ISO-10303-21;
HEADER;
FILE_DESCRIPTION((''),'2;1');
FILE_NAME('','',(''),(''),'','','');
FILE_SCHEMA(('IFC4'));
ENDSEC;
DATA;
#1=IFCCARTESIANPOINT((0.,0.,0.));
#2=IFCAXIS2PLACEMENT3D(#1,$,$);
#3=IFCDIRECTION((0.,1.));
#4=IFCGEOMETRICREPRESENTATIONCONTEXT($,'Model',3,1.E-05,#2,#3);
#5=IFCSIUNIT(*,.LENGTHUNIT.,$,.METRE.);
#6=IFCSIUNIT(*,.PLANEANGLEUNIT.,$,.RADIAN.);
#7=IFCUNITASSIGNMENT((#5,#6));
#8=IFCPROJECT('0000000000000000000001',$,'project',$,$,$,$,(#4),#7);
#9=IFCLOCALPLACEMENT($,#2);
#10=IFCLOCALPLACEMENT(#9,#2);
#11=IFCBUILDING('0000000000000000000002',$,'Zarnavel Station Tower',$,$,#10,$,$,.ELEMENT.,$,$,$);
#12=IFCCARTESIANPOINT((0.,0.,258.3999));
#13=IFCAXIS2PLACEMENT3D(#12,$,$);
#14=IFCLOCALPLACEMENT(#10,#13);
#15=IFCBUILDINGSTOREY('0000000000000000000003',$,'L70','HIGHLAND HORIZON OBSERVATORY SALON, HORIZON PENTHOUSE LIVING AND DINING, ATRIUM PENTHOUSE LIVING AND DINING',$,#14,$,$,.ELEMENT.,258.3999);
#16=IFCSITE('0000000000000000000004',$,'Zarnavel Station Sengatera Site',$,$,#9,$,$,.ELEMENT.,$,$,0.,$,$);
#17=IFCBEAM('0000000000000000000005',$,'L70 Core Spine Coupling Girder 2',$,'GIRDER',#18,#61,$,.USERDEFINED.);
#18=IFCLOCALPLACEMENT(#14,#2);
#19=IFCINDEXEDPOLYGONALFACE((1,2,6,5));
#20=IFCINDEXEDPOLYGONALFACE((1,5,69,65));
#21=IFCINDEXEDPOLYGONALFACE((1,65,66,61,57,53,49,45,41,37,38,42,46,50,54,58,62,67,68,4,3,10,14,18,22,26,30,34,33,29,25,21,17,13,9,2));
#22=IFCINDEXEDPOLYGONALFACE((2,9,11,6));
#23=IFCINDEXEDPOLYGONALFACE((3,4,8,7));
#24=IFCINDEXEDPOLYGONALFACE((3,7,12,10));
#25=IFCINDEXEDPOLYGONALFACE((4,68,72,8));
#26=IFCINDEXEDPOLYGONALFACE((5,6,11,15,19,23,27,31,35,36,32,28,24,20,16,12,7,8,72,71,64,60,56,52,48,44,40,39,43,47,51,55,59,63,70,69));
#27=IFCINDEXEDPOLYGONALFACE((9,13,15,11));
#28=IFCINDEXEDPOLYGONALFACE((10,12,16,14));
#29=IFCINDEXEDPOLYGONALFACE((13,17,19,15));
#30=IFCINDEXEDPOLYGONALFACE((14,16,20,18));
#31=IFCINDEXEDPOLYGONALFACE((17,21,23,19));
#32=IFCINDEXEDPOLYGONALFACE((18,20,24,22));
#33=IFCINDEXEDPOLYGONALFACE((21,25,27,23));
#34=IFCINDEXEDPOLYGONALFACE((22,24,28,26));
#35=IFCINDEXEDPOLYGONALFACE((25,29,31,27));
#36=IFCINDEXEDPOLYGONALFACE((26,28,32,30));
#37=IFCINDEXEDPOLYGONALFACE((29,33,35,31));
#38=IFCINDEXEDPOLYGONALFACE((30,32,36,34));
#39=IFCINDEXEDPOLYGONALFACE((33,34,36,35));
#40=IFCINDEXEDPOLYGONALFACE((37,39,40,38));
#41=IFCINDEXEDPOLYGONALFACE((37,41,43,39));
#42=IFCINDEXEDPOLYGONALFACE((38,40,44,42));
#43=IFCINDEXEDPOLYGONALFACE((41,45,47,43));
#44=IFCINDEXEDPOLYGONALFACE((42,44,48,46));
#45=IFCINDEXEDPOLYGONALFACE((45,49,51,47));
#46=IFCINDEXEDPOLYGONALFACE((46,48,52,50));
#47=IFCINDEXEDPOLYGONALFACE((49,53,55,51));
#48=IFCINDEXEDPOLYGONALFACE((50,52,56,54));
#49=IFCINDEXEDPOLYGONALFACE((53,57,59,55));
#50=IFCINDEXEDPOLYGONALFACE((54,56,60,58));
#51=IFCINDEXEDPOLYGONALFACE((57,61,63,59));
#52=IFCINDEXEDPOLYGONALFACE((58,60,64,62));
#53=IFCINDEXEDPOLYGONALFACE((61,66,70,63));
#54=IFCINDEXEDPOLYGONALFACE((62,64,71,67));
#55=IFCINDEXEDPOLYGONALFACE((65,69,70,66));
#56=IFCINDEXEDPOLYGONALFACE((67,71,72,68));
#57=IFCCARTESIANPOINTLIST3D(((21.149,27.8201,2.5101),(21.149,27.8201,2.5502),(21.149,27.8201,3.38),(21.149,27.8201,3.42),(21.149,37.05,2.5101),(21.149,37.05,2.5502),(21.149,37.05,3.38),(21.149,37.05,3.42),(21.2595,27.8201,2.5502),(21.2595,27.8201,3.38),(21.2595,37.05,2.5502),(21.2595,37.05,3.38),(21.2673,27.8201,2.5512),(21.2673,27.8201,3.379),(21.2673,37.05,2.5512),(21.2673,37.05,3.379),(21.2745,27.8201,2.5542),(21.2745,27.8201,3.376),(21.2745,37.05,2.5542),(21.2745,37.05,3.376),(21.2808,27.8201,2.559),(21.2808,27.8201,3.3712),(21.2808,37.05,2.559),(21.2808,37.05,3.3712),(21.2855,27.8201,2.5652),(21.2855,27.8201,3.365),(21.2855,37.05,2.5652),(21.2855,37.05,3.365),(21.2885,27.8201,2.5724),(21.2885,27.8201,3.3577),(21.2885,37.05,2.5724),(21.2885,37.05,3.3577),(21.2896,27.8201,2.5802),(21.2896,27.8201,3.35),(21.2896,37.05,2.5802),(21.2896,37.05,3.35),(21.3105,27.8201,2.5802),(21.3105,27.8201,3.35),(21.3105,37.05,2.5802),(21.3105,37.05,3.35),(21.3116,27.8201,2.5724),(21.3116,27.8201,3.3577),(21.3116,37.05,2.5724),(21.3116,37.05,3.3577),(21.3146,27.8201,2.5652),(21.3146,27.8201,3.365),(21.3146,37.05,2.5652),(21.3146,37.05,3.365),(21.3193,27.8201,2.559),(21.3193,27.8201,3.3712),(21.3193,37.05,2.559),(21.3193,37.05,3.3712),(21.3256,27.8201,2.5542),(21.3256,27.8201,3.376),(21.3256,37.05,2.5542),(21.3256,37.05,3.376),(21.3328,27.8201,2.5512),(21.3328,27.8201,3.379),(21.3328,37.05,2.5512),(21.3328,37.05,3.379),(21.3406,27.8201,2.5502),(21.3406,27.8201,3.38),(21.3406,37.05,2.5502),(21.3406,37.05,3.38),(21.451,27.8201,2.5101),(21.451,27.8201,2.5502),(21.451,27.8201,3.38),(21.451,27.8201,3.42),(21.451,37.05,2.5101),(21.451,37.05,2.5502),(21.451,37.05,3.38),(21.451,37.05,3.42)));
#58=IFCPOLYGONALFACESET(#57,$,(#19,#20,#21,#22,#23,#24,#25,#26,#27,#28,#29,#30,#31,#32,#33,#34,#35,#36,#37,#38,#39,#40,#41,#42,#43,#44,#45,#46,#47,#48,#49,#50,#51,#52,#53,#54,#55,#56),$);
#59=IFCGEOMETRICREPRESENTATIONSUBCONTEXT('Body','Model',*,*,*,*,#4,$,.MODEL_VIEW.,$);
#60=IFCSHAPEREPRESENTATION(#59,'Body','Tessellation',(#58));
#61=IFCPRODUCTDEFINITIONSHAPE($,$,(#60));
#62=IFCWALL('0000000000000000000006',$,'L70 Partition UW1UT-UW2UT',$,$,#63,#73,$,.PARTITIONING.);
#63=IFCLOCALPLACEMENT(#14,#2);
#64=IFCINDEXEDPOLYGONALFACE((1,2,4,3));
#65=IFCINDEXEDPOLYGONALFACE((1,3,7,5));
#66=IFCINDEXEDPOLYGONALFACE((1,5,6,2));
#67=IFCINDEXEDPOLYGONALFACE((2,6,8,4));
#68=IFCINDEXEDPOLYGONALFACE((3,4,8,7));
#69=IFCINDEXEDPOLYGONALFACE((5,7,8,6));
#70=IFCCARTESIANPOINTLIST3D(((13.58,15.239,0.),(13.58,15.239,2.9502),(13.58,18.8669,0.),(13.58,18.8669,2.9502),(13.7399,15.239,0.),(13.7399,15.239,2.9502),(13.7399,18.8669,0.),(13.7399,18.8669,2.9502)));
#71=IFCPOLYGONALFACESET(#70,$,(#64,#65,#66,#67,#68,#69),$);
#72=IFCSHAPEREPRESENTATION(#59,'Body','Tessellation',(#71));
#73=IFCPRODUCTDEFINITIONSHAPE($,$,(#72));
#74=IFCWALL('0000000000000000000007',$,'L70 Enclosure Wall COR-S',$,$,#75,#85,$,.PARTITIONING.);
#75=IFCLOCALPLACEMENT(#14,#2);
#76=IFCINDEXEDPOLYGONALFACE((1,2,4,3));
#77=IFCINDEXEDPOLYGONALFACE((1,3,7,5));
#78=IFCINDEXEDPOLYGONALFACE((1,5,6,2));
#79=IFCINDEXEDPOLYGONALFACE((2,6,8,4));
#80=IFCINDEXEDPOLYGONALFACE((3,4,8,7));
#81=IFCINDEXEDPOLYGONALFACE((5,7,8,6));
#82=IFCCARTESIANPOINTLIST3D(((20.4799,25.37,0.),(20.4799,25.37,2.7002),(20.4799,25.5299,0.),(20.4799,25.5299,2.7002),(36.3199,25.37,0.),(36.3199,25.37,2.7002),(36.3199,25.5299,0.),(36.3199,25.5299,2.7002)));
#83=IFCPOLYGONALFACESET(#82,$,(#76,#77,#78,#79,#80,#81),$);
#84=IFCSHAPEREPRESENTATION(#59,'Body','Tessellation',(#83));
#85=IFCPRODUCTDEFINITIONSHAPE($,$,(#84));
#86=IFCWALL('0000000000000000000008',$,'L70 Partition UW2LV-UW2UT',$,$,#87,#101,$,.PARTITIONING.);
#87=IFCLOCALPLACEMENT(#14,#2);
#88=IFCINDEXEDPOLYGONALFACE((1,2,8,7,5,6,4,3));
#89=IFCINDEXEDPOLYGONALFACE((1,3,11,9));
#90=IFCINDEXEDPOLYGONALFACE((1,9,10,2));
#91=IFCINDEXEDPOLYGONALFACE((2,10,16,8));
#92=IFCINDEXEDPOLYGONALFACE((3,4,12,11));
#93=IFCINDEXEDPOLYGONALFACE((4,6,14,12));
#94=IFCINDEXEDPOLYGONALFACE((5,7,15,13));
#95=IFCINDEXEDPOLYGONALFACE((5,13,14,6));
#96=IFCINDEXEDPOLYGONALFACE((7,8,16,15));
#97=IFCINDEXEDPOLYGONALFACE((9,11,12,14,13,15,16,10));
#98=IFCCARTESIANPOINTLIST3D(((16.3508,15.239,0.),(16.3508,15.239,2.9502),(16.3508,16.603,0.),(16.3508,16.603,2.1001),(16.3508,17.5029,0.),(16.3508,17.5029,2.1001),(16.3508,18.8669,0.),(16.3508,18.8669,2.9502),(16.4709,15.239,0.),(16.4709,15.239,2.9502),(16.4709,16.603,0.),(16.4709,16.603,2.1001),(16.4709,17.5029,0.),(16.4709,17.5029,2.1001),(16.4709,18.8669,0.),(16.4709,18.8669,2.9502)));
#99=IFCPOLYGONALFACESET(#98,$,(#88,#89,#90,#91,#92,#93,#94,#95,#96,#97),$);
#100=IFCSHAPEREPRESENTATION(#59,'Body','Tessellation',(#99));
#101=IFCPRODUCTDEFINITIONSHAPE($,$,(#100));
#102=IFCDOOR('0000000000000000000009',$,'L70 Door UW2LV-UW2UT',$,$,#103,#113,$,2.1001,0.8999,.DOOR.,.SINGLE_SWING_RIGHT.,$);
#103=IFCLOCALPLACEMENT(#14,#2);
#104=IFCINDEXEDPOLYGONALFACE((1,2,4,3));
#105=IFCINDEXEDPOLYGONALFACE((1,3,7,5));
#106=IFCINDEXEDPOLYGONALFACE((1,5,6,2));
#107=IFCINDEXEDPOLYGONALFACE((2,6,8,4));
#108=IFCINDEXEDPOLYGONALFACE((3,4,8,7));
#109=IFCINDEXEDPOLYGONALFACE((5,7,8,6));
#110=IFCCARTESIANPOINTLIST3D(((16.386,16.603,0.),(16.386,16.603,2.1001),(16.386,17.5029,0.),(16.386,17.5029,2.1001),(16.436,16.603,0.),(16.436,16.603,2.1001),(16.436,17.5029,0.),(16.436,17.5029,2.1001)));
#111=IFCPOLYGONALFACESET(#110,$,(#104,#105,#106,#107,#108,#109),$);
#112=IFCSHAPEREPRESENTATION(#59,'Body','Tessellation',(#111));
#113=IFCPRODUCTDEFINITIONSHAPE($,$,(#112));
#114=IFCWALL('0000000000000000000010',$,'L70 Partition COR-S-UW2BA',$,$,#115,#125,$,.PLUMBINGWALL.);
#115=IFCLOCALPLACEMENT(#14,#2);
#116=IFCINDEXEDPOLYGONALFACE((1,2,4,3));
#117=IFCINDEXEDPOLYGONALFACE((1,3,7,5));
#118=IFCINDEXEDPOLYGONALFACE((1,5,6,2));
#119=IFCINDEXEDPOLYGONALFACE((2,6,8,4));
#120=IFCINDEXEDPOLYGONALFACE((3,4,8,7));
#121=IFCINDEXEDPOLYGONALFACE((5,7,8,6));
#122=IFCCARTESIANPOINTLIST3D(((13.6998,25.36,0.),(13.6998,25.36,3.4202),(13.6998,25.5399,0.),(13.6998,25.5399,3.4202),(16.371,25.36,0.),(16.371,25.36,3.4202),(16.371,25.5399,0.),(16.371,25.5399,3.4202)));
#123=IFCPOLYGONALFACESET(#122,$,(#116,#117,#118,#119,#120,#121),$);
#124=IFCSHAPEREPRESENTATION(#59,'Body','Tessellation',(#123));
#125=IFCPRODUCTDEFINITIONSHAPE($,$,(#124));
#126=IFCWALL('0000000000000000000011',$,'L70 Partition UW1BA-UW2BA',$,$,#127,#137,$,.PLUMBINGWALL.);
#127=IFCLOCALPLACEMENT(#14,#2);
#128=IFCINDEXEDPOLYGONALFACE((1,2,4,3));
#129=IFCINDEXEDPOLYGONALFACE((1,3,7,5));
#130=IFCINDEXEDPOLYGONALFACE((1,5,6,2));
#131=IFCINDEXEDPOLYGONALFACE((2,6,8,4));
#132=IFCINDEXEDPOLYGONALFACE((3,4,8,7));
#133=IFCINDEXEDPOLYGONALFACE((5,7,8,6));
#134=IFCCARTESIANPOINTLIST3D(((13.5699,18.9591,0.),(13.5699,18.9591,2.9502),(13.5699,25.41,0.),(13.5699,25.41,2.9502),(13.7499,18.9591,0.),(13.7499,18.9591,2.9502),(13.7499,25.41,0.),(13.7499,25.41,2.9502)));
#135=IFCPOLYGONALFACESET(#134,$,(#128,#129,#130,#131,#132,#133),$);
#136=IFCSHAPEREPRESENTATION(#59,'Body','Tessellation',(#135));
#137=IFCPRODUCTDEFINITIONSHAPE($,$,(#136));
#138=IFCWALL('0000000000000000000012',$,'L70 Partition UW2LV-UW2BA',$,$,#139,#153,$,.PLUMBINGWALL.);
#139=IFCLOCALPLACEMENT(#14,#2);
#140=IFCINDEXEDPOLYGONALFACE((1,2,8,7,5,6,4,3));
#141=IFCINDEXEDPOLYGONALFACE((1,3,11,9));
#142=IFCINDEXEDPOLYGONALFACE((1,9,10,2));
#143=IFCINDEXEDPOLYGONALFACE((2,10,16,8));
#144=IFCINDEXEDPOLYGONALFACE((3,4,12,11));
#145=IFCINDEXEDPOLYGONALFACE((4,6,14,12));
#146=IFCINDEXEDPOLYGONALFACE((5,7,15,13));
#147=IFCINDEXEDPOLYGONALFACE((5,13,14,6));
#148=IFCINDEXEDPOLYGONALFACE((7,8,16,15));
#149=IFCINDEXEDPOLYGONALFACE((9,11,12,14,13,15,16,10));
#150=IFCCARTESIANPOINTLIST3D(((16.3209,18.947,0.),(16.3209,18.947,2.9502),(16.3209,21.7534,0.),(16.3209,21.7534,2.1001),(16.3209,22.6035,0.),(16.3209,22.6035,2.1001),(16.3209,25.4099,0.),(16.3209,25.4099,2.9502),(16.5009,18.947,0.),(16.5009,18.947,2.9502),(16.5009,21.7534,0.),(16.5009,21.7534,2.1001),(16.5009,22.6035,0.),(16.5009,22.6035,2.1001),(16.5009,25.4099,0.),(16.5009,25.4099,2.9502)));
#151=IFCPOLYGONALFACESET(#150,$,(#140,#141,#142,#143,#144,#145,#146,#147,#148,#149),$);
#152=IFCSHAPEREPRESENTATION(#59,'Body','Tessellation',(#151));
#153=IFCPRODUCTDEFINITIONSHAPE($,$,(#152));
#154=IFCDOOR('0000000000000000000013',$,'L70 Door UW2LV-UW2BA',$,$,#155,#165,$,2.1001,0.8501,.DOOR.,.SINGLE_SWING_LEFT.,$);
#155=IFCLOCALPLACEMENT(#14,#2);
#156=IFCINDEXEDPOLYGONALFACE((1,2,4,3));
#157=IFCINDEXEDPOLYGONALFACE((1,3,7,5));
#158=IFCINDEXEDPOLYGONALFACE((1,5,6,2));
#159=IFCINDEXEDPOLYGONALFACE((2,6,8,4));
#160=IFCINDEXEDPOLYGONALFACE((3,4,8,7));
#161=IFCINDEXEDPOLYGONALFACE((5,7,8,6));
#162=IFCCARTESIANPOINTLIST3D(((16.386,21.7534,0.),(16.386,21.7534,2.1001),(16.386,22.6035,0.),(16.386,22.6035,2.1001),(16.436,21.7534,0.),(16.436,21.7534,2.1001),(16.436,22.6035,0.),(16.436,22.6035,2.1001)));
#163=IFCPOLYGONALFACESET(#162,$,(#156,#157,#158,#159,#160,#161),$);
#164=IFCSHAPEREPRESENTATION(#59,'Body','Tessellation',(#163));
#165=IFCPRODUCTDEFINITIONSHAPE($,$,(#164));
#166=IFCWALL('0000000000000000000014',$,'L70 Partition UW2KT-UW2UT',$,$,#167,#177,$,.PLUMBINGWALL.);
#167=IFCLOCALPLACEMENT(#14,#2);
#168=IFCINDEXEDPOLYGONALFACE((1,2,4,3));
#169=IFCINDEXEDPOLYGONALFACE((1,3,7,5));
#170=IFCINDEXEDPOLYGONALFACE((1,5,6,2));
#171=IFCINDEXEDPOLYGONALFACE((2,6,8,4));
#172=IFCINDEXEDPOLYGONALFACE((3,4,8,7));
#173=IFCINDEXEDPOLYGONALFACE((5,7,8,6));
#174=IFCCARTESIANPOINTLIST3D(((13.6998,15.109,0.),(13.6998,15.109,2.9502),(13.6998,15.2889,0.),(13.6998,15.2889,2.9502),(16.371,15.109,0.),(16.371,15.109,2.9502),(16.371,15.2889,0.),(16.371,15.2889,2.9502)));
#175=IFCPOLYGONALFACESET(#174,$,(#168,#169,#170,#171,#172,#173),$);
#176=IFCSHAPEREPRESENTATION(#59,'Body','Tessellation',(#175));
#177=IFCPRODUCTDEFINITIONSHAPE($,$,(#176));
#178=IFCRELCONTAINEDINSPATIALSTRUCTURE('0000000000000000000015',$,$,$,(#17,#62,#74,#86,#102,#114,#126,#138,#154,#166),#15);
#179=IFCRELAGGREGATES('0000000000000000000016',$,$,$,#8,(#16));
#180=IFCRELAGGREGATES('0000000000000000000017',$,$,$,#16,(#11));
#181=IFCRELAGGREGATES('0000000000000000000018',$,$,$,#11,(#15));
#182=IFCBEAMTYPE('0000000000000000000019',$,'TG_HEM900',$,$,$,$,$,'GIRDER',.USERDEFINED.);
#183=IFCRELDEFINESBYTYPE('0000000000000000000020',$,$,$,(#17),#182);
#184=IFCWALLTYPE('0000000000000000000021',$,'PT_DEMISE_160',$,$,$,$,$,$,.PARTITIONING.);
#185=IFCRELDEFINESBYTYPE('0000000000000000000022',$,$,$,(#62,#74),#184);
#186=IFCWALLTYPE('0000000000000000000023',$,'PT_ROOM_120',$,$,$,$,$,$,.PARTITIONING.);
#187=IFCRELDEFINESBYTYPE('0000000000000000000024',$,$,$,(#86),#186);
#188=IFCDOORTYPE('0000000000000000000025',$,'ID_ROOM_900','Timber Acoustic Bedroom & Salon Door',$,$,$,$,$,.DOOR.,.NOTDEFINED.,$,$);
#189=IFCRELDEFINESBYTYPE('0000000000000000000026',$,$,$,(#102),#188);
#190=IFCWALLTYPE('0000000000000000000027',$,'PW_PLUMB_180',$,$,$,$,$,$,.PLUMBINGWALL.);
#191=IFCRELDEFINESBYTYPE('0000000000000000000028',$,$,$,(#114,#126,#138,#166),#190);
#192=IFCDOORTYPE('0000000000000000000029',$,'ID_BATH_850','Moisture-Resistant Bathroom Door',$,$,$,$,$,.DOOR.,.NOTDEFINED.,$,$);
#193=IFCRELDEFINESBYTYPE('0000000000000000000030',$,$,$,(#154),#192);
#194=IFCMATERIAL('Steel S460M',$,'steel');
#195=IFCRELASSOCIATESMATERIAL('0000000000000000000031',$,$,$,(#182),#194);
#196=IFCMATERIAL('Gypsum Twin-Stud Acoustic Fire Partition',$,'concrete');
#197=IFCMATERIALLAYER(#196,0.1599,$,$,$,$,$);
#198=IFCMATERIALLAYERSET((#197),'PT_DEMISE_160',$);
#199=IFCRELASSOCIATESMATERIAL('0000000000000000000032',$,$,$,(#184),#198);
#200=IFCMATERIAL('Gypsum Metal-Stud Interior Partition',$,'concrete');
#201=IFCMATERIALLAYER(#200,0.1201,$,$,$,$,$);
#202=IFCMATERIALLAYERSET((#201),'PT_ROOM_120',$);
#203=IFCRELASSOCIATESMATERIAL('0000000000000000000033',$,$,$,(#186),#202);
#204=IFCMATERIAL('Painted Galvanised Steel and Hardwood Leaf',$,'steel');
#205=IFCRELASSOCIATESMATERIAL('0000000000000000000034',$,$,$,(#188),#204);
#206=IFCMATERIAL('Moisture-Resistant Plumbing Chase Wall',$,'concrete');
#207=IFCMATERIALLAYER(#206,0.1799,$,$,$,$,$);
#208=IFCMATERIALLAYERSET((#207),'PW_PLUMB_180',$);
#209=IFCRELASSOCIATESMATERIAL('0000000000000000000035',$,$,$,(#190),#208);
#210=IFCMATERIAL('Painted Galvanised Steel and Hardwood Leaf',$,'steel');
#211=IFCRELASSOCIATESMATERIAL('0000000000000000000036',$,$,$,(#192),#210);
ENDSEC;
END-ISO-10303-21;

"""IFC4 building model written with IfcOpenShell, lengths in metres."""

from ifc_helpers import new_model, si_unit, direction, frame, frame_2d, origin, origin_2d, place, context, subcontext, project, spatial, rectangle, i_section, extrude, material, layer, layer_set, material_profile, profile_set, type_object, element, fill, save


model = new_model("IFC4")

# Units and contexts
model_context = context("Model", 3, precision=1e-05, world=origin(), true_north=direction((0.0, 1.0)))
body_context = subcontext(model_context, "Body", "Model", "MODEL_VIEW")
ifc_project = project(units=[si_unit("LENGTHUNIT", "METRE"), si_unit("PLANEANGLEUNIT", "RADIAN")], contexts=[model_context])

# Site, building, storey
site_placement = place(None, origin())
site = spatial("IfcSite", under=ifc_project, at=site_placement, Name="Zarnavel Station Sengatera Site", CompositionType="ELEMENT", RefElevation=0.0)
building_placement = place(site_placement, origin())
building = spatial("IfcBuilding", under=site, at=building_placement, Name="Zarnavel Station Tower", CompositionType="ELEMENT")
storey_placement = place(building_placement, frame((0.0, 0.0, 258.3999)))
storey = spatial("IfcBuildingStorey", under=building, at=storey_placement, Name="L70", Description="HIGHLAND HORIZON OBSERVATORY SALON, HORIZON PENTHOUSE LIVING AND DINING, ATRIUM PENTHOUSE LIVING AND DINING", CompositionType="ELEMENT", Elevation=258.3999)

# Beam
ifc_material_1 = material(Name="Steel S460M", Category="steel")
ifc_material_profile_1 = material_profile(ifc_material_1, i_section(OverallWidth=0.302, OverallDepth=0.9099, WebThickness=0.021, FlangeThickness=0.04, FilletRadius=0.03, at=origin_2d()), Name="HEM900")
ifc_profile_set_1 = profile_set([ifc_material_profile_1], Name="Steel S460M")
beam_type_1 = type_object("IfcBeamType", Name="TG_HEM900", ElementType="GIRDER", PredefinedType="USERDEFINED", material=ifc_profile_set_1)
beam_1_placement = place(storey_placement, frame((21.3, 27.8201, 2.9651), z_axis=(0.0, 1.0, 0.0), x_axis=(-1.0, 0.0, 0.0)))
element("IfcBeam", 1, at=beam_1_placement, inside=storey, type_object=beam_type_1, Name="L70 Core Spine Coupling Girder 2", ObjectType="GIRDER", PredefinedType="USERDEFINED", context=body_context, shape_type="SweptSolid", body=[
    extrude(i_section(OverallWidth=0.302, OverallDepth=0.9099, WebThickness=0.021, FlangeThickness=0.04, FilletRadius=0.03, at=origin_2d()), origin(), (0.0, 0.0, 1.0), 9.23),
])

# Shared definitions
ifc_material_2 = material(Name="Gypsum Twin-Stud Acoustic Fire Partition", Category="concrete")
ifc_layer_1 = layer(ifc_material_2, 0.1599)
ifc_layer_set_1 = layer_set([ifc_layer_1], Name="PT_DEMISE_160")
wall_type_1 = type_object("IfcWallType", Name="PT_DEMISE_160", PredefinedType="PARTITIONING", material=ifc_layer_set_1)

# Walls
wall_1_placement = place(storey_placement, frame((13.6599, 15.239, 0.0), z_axis=(0.0, 0.0, 1.0), x_axis=(0.0, 1.0, 0.0)))
element("IfcWall", 2, at=wall_1_placement, inside=storey, type_object=wall_type_1, Name="L70 Partition UW1UT-UW2UT", PredefinedType="PARTITIONING", context=body_context, shape_type="SweptSolid", body=[
    extrude(rectangle(XDim=3.6279, YDim=0.1599, at=frame_2d((1.814, 0.0))), origin(), (0.0, 0.0, 1.0), 2.9502),
])
wall_2_placement = place(storey_placement, frame((20.48, 25.45, 0.0), z_axis=(0.0, 0.0, 1.0), x_axis=(1.0, 0.0, 0.0)))
element("IfcWall", 3, at=wall_2_placement, inside=storey, type_object=wall_type_1, Name="L70 Enclosure Wall COR-S", PredefinedType="PARTITIONING", context=body_context, shape_type="SweptSolid", body=[
    extrude(rectangle(XDim=15.8401, YDim=0.1599, at=frame_2d((7.9199, 0.0))), origin(), (0.0, 0.0, 1.0), 2.7002),
])

# Wall, opening, door
ifc_material_3 = material(Name="Gypsum Metal-Stud Interior Partition", Category="concrete")
ifc_layer_2 = layer(ifc_material_3, 0.1201)
ifc_layer_set_2 = layer_set([ifc_layer_2], Name="PT_ROOM_120")
wall_type_2 = type_object("IfcWallType", Name="PT_ROOM_120", PredefinedType="PARTITIONING", material=ifc_layer_set_2)
wall_3_placement = place(storey_placement, frame((16.4109, 15.239, 0.0), z_axis=(0.0, 0.0, 1.0), x_axis=(0.0, 1.0, 0.0)))
wall_3 = element("IfcWall", 4, at=wall_3_placement, inside=storey, type_object=wall_type_2, Name="L70 Partition UW2LV-UW2UT", PredefinedType="PARTITIONING", context=body_context, shape_type="SweptSolid", body=[
    extrude(rectangle(XDim=3.6279, YDim=0.1201, at=frame_2d((1.814, 0.0))), origin(), (0.0, 0.0, 1.0), 2.9502),
])
opening_1_placement = place(wall_3_placement, frame((1.364, 0.0, 0.0)))
opening_1 = element("IfcOpeningElement", 5, at=opening_1_placement, cuts=wall_3, PredefinedType="OPENING", context=body_context, shape_type="SweptSolid", body=[
    extrude(rectangle(XDim=0.8999, YDim=2.1001, at=frame_2d((0.45, 1.05))), frame((0.0, 0.0701, 0.0), z_axis=(0.0, -1.0, 0.0), x_axis=(1.0, 0.0, 0.0)), (0.0, 0.0, 1.0), 0.1401),
])
ifc_material_4 = material(Name="Painted Galvanised Steel and Hardwood Leaf", Category="steel")
door_type_1 = type_object("IfcDoorType", Name="ID_ROOM_900", Description="Timber Acoustic Bedroom & Salon Door", OperationType="NOTDEFINED", PredefinedType="DOOR", material=ifc_material_4)
door_1_placement = place(opening_1_placement, origin())
door_1 = element("IfcDoor", 6, at=door_1_placement, inside=storey, type_object=door_type_1, Name="L70 Door UW2LV-UW2UT", OperationType="SINGLE_SWING_RIGHT", OverallHeight=2.1001, OverallWidth=0.8999, PredefinedType="DOOR", context=body_context, shape_type="SweptSolid", body=[
    extrude(rectangle(XDim=0.8999, YDim=2.1001, at=frame_2d((0.45, 1.05))), frame((0.0, 0.0249, 0.0), z_axis=(0.0, -1.0, 0.0), x_axis=(1.0, 0.0, 0.0)), (0.0, 0.0, 1.0), 0.05),
])
fill(opening_1, door_1)

# Walls
ifc_material_5 = material(Name="Moisture-Resistant Plumbing Chase Wall", Category="concrete")
ifc_layer_3 = layer(ifc_material_5, 0.1799)
ifc_layer_set_3 = layer_set([ifc_layer_3], Name="PW_PLUMB_180")
wall_type_3 = type_object("IfcWallType", Name="PW_PLUMB_180", PredefinedType="PLUMBINGWALL", material=ifc_layer_set_3)
wall_4_placement = place(storey_placement, frame((13.7, 25.45, 0.0), z_axis=(0.0, 0.0, 1.0), x_axis=(1.0, 0.0, 0.0)))
element("IfcWall", 7, at=wall_4_placement, inside=storey, type_object=wall_type_3, Name="L70 Partition COR-S-UW2BA", PredefinedType="PLUMBINGWALL", context=body_context, shape_type="SweptSolid", body=[
    extrude(rectangle(XDim=2.6711, YDim=0.1799, at=frame_2d((1.3354, 0.0))), origin(), (0.0, 0.0, 1.0), 3.4202),
])
wall_5_placement = place(storey_placement, frame((13.6599, 18.959, 0.0), z_axis=(0.0, 0.0, 1.0), x_axis=(0.0, 1.0, 0.0)))
element("IfcWall", 8, at=wall_5_placement, inside=storey, type_object=wall_type_3, Name="L70 Partition UW1BA-UW2BA", PredefinedType="PLUMBINGWALL", context=body_context, shape_type="SweptSolid", body=[
    extrude(rectangle(XDim=6.4509, YDim=0.1799, at=frame_2d((3.2256, 0.0))), origin(), (0.0, 0.0, 1.0), 2.9502),
])

# Wall, opening, door
wall_6_placement = place(storey_placement, frame((16.4109, 18.947, 0.0), z_axis=(0.0, 0.0, 1.0), x_axis=(0.0, 1.0, 0.0)))
wall_6 = element("IfcWall", 9, at=wall_6_placement, inside=storey, type_object=wall_type_3, Name="L70 Partition UW2LV-UW2BA", PredefinedType="PLUMBINGWALL", context=body_context, shape_type="SweptSolid", body=[
    extrude(rectangle(XDim=6.4629, YDim=0.1799, at=frame_2d((3.2314, 0.0))), origin(), (0.0, 0.0, 1.0), 2.9502),
])
opening_2_placement = place(wall_6_placement, frame((2.8064, 0.0, 0.0)))
opening_2 = element("IfcOpeningElement", 10, at=opening_2_placement, cuts=wall_6, PredefinedType="OPENING", context=body_context, shape_type="SweptSolid", body=[
    extrude(rectangle(XDim=0.8501, YDim=2.1001, at=frame_2d((0.425, 1.05))), frame((0.0, 0.0999, 0.0), z_axis=(0.0, -1.0, 0.0), x_axis=(1.0, 0.0, 0.0)), (0.0, 0.0, 1.0), 0.2),
])
ifc_material_6 = material(Name="Painted Galvanised Steel and Hardwood Leaf", Category="steel")
door_type_2 = type_object("IfcDoorType", Name="ID_BATH_850", Description="Moisture-Resistant Bathroom Door", OperationType="NOTDEFINED", PredefinedType="DOOR", material=ifc_material_6)
door_2_placement = place(opening_2_placement, origin())
door_2 = element("IfcDoor", 11, at=door_2_placement, inside=storey, type_object=door_type_2, Name="L70 Door UW2LV-UW2BA", OperationType="SINGLE_SWING_LEFT", OverallHeight=2.1001, OverallWidth=0.8501, PredefinedType="DOOR", context=body_context, shape_type="SweptSolid", body=[
    extrude(rectangle(XDim=0.8501, YDim=2.1001, at=frame_2d((0.425, 1.05))), frame((0.0, 0.0249, 0.0), z_axis=(0.0, -1.0, 0.0), x_axis=(1.0, 0.0, 0.0)), (0.0, 0.0, 1.0), 0.05),
])
fill(opening_2, door_2)

# Wall
wall_7_placement = place(storey_placement, frame((13.7, 15.199, 0.0), z_axis=(0.0, 0.0, 1.0), x_axis=(1.0, 0.0, 0.0)))
element("IfcWall", 12, at=wall_7_placement, inside=storey, type_object=wall_type_3, Name="L70 Partition UW2KT-UW2UT", PredefinedType="PLUMBINGWALL", context=body_context, shape_type="SweptSolid", body=[
    extrude(rectangle(XDim=2.6711, YDim=0.1799, at=frame_2d((1.3354, 0.0))), origin(), (0.0, 0.0, 1.0), 2.9502),
])

save(model, "model.ifc")
